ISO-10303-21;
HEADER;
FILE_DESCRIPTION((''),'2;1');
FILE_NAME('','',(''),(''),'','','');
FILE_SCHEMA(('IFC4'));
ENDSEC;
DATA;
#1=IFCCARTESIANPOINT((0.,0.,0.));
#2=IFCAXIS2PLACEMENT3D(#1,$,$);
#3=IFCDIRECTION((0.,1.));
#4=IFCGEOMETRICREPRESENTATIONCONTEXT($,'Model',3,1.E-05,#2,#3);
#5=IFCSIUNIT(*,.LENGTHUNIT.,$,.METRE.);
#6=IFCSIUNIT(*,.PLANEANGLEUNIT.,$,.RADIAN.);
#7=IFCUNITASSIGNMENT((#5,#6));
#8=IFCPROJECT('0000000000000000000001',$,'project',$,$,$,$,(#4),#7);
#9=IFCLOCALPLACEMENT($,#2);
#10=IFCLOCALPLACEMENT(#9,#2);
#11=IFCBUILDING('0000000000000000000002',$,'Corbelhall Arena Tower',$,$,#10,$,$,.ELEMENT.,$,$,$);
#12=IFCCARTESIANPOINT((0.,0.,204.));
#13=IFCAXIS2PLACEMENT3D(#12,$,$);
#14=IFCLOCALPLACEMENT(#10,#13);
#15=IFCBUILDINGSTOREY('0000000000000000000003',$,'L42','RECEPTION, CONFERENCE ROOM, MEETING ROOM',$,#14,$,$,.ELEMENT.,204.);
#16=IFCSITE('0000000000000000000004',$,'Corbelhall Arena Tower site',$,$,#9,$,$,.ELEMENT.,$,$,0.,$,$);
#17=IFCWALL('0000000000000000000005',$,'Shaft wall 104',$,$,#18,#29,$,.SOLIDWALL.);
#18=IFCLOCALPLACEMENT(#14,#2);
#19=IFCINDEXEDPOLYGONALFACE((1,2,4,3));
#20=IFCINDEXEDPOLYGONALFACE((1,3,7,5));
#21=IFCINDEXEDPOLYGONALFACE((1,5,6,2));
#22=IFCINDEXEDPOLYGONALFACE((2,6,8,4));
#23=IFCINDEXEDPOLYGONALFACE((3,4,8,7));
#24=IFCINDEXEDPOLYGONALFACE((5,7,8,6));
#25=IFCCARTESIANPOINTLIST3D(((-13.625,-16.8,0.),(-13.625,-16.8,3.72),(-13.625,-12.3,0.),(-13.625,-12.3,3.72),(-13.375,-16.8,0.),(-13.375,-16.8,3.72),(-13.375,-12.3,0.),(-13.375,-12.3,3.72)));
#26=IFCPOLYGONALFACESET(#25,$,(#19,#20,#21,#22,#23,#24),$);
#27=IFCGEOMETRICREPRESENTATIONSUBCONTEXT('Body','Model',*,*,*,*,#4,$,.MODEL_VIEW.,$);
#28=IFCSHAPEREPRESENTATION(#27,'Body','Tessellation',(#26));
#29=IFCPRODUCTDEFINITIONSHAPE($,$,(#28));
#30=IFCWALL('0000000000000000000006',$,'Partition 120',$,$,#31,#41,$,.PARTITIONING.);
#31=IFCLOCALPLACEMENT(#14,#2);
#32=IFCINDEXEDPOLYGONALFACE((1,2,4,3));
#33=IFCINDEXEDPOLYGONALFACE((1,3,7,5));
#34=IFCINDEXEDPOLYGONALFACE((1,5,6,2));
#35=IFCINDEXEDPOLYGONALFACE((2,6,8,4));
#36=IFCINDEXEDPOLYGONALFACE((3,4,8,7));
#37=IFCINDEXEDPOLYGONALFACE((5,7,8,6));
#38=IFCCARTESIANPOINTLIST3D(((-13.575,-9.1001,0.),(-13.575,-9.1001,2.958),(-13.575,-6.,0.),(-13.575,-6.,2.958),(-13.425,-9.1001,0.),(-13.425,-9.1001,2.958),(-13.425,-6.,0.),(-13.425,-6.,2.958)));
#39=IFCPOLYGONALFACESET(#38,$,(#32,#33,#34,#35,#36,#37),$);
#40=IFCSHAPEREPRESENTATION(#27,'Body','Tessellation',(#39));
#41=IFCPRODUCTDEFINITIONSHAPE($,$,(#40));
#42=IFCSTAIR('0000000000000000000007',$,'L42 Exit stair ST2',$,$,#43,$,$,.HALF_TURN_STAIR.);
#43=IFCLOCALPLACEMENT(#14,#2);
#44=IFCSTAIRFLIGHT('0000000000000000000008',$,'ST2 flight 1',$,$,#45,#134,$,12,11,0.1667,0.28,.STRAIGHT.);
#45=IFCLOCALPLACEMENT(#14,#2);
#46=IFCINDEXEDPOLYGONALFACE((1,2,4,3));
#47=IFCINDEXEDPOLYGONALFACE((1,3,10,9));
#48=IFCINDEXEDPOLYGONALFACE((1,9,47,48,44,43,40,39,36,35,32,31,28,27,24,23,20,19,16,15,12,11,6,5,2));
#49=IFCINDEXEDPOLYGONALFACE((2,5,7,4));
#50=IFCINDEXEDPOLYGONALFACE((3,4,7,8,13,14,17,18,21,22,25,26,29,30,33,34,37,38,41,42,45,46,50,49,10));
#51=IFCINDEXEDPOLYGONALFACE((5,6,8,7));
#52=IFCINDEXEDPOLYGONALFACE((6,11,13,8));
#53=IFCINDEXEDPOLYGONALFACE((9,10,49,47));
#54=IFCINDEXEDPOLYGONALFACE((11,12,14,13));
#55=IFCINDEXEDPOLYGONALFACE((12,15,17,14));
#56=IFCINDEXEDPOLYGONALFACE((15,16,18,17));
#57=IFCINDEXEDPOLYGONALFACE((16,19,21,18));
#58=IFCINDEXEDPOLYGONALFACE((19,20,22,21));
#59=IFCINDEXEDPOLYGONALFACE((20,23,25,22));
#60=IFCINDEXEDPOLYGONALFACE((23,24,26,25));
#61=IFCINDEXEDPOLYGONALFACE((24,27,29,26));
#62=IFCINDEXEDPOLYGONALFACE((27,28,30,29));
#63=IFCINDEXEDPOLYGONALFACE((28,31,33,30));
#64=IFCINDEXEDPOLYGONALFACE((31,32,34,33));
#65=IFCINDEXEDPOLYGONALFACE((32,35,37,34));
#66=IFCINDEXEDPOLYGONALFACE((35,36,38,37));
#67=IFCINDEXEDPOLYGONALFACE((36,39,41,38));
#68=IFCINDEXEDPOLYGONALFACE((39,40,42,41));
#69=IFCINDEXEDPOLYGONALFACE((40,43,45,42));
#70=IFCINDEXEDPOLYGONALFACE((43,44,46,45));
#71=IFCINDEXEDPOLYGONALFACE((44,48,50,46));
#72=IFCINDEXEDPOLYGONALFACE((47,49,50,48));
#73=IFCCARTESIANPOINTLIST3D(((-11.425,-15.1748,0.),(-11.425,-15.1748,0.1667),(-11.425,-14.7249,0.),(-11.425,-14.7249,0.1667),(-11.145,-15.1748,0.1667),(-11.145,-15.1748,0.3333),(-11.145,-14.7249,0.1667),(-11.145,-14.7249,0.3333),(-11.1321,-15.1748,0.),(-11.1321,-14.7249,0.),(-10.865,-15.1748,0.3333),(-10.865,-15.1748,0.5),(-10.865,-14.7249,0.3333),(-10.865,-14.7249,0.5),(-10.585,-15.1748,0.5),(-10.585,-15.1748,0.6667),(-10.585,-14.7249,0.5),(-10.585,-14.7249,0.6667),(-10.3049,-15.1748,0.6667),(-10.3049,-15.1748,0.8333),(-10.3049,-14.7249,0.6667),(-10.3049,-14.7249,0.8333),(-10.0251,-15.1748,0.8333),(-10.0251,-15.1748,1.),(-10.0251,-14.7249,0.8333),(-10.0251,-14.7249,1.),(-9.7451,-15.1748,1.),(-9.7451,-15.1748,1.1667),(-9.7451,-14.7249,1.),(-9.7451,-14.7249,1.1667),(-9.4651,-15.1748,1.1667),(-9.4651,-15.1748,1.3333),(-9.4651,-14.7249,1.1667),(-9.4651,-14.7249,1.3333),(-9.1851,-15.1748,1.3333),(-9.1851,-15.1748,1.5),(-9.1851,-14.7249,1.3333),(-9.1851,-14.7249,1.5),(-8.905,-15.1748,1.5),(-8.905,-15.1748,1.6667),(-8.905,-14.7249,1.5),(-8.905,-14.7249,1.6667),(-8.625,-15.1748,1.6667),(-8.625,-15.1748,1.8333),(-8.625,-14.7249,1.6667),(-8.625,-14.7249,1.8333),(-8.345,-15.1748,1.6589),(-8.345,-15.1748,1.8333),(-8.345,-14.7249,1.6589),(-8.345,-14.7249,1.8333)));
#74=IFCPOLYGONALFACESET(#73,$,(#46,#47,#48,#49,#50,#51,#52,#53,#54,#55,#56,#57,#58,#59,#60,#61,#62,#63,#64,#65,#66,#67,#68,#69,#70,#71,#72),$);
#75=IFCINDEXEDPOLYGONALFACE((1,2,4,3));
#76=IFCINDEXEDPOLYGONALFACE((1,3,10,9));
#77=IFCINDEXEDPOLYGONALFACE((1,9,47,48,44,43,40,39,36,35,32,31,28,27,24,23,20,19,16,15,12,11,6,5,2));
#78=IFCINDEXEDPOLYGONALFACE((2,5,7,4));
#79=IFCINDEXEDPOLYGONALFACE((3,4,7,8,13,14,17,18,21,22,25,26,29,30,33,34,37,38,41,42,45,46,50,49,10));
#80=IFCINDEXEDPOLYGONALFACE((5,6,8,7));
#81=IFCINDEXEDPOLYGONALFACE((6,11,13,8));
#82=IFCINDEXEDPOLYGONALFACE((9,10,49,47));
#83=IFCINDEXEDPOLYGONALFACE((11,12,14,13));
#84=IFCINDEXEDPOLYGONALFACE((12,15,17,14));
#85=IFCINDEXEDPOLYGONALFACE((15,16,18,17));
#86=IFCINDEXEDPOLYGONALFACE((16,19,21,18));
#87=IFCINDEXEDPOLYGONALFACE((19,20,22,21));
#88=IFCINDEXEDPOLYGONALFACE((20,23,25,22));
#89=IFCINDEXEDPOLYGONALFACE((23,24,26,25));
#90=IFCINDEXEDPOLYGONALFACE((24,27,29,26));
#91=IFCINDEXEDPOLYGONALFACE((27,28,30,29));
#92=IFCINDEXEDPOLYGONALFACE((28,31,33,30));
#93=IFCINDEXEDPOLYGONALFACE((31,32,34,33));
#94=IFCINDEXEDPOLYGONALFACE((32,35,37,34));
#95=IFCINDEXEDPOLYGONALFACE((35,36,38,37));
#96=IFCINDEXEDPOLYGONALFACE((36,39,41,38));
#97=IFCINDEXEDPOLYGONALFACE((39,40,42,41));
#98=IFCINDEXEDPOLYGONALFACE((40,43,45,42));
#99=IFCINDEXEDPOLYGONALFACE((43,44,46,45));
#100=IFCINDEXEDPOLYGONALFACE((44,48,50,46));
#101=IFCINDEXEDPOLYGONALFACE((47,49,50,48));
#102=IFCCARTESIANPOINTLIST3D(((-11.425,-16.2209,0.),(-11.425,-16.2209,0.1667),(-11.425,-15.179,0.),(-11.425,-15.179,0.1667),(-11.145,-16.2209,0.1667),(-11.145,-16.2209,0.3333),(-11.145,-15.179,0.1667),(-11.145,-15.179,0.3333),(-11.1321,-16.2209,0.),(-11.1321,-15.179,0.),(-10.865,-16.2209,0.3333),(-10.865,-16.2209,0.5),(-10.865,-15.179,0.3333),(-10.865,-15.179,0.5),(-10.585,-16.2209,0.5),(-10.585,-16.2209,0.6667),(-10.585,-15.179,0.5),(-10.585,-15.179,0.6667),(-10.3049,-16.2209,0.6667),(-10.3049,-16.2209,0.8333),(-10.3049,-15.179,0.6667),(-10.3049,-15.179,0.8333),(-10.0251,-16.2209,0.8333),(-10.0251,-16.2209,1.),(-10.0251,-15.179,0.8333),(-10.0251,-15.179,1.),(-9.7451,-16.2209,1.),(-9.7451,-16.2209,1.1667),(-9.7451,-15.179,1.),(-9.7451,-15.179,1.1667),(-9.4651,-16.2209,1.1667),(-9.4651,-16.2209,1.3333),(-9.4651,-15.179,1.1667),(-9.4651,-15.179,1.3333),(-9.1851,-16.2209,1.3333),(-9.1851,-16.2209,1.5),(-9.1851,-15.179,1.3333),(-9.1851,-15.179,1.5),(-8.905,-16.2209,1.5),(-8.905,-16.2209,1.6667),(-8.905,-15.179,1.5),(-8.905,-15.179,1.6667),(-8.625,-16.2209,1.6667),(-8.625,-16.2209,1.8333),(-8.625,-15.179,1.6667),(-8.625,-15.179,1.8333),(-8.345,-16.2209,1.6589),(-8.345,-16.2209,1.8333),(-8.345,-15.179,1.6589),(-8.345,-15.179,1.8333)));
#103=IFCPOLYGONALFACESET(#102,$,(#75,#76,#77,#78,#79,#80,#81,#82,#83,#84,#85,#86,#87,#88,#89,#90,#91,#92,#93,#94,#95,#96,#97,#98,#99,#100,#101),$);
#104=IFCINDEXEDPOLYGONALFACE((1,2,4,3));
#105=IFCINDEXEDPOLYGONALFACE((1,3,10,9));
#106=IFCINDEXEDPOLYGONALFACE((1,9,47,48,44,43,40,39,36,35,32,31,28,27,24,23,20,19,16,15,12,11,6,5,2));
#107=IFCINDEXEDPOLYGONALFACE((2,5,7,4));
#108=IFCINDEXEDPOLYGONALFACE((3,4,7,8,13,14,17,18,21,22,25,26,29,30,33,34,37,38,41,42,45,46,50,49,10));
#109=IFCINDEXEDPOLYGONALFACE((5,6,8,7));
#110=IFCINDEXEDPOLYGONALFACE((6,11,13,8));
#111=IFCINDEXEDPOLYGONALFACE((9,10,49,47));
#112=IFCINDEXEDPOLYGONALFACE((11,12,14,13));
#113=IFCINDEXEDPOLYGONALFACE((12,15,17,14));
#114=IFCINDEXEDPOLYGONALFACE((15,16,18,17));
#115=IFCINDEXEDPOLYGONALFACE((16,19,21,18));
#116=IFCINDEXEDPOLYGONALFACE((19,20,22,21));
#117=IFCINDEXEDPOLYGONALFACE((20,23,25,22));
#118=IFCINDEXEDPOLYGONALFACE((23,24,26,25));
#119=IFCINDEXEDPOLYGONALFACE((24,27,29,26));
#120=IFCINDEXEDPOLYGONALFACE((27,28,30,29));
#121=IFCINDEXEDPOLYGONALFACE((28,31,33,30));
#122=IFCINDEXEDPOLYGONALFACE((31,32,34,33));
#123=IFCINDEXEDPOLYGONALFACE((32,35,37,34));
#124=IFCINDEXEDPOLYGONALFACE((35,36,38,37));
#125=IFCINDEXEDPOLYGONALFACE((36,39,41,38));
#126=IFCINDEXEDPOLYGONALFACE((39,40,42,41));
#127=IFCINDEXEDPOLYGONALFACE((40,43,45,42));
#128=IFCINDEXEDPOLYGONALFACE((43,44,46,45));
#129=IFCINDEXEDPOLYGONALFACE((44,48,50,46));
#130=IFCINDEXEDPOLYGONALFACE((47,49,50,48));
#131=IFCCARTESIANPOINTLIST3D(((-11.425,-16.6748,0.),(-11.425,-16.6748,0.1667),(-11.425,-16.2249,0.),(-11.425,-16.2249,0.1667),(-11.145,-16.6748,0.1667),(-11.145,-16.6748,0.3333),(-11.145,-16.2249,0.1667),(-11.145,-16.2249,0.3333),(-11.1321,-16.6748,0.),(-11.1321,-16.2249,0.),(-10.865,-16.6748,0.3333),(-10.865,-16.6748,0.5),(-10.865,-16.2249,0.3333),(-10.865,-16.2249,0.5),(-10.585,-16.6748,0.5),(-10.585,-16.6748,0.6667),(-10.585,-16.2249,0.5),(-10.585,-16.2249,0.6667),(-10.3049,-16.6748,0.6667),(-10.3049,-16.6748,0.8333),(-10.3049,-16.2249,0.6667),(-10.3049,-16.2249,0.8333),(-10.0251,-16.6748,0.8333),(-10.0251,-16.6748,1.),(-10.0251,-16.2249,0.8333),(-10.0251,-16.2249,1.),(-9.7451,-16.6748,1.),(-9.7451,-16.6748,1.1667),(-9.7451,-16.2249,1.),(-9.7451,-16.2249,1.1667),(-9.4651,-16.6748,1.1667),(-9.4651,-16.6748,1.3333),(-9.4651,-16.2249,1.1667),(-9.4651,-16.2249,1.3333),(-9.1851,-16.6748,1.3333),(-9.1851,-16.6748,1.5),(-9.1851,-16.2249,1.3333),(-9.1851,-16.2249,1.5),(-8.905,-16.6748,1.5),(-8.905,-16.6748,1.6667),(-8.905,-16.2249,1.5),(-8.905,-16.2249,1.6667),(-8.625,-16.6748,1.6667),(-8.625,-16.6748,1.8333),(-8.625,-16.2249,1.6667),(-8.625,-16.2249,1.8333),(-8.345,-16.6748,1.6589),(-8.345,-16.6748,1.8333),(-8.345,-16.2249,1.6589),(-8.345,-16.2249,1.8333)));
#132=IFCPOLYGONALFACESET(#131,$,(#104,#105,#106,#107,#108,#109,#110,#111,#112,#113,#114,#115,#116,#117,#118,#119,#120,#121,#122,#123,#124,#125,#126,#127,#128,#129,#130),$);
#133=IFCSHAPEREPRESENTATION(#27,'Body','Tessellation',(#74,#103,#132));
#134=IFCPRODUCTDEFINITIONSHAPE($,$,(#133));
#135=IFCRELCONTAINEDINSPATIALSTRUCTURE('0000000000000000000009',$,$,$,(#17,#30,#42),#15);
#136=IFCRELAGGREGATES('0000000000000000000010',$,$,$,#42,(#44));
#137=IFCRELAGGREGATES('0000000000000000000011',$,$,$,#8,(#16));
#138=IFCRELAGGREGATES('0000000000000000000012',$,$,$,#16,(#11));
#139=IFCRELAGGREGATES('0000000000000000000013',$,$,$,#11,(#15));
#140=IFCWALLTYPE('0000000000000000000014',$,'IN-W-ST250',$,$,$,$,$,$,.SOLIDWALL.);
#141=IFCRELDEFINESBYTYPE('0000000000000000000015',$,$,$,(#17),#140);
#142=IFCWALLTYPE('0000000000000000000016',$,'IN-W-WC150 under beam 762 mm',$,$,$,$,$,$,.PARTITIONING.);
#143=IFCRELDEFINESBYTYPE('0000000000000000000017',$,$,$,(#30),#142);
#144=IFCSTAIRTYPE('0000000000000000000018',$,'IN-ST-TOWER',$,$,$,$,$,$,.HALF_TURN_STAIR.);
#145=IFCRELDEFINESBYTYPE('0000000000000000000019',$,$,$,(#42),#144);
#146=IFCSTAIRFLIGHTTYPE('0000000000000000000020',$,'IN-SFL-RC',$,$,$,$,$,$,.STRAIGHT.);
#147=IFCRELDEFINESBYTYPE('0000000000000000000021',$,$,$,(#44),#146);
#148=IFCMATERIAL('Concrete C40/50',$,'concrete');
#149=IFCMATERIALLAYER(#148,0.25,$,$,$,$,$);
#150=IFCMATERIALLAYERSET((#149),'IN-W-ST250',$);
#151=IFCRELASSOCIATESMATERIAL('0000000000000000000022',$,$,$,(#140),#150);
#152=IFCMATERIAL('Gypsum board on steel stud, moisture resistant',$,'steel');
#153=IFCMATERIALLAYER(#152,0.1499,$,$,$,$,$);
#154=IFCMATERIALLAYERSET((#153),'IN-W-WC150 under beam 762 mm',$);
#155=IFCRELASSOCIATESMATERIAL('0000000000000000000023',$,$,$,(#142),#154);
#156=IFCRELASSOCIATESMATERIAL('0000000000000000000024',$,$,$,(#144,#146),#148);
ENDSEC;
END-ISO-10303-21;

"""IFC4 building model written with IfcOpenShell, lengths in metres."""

from ifc_helpers import new_model, si_unit, direction, frame, frame_2d, origin, place, context, subcontext, project, spatial, polyline, rectangle, outline, extrude, material, layer, layer_set, type_object, element, aggregate, save


model = new_model("IFC4")

# Units and contexts
model_context = context("Model", 3, precision=1e-05, world=origin(), true_north=direction((0.0, 1.0)))
body_context = subcontext(model_context, "Body", "Model", "MODEL_VIEW")
ifc_project = project(units=[si_unit("LENGTHUNIT", "METRE"), si_unit("PLANEANGLEUNIT", "RADIAN")], contexts=[model_context])

# Site, building, storey
site_placement = place(None, origin())
site = spatial("IfcSite", under=ifc_project, at=site_placement, Name="Corbelhall Arena Tower site", CompositionType="ELEMENT", RefElevation=0.0)
building_placement = place(site_placement, origin())
building = spatial("IfcBuilding", under=site, at=building_placement, Name="Corbelhall Arena Tower", CompositionType="ELEMENT")
storey_placement = place(building_placement, frame((0.0, 0.0, 204.0)))
storey = spatial("IfcBuildingStorey", under=building, at=storey_placement, Name="L42", Description="RECEPTION, CONFERENCE ROOM, MEETING ROOM", CompositionType="ELEMENT", Elevation=204.0)

# Walls
ifc_material_1 = material(Name="Concrete C40/50", Category="concrete")
ifc_layer_1 = layer(ifc_material_1, 0.25)
ifc_layer_set_1 = layer_set([ifc_layer_1], Name="IN-W-ST250")
wall_type_1 = type_object("IfcWallType", Name="IN-W-ST250", PredefinedType="SOLIDWALL", material=ifc_layer_set_1)
wall_1_placement = place(storey_placement, frame((-13.5, -16.8, 0.0), z_axis=(0.0, 0.0, 1.0), x_axis=(0.0, 1.0, 0.0)))
element("IfcWall", 1, at=wall_1_placement, inside=storey, type_object=wall_type_1, Name="Shaft wall 104", PredefinedType="SOLIDWALL", context=body_context, shape_type="SweptSolid", body=[
    extrude(rectangle(XDim=4.5, YDim=0.25, at=frame_2d((2.25, 0.0))), origin(), (0.0, 0.0, 1.0), 3.72),
])
ifc_material_2 = material(Name="Gypsum board on steel stud, moisture resistant", Category="steel")
ifc_layer_2 = layer(ifc_material_2, 0.1499)
ifc_layer_set_2 = layer_set([ifc_layer_2], Name="IN-W-WC150 under beam 762 mm")
wall_type_2 = type_object("IfcWallType", Name="IN-W-WC150 under beam 762 mm", PredefinedType="PARTITIONING", material=ifc_layer_set_2)
wall_2_placement = place(storey_placement, frame((-13.5, -9.1001, 0.0), z_axis=(0.0, 0.0, 1.0), x_axis=(0.0, 1.0, 0.0)))
element("IfcWall", 2, at=wall_2_placement, inside=storey, type_object=wall_type_2, Name="Partition 120", PredefinedType="PARTITIONING", context=body_context, shape_type="SweptSolid", body=[
    extrude(rectangle(XDim=3.1001, YDim=0.1499, at=frame_2d((1.55, 0.0))), origin(), (0.0, 0.0, 1.0), 2.958),
])

# Stair, stair flight
stair_type = type_object("IfcStairType", Name="IN-ST-TOWER", PredefinedType="HALF_TURN_STAIR", material=ifc_material_1)
stair_placement = place(storey_placement, origin())
stair = element("IfcStair", 3, at=stair_placement, inside=storey, type_object=stair_type, Name="L42 Exit stair ST2", PredefinedType="HALF_TURN_STAIR")
stair_flight_type = type_object("IfcStairFlightType", Name="IN-SFL-RC", PredefinedType="STRAIGHT", material=ifc_material_1)
stair_flight_1_placement = place(storey_placement, frame((-11.425, -15.7, 0.0), z_axis=(0.0, 0.0, 1.0), x_axis=(1.0, 0.0, 0.0)))
stair_flight_1 = element("IfcStairFlight", 4, at=stair_flight_1_placement, type_object=stair_flight_type, Name="ST2 flight 1", NumberOfRisers=12, NumberOfTreads=11, PredefinedType="STRAIGHT", RiserHeight=0.1667, TreadLength=0.28, context=body_context, shape_type="SweptSolid", body=[
    extrude(outline(polyline([(0.0, 0.0), (0.0, 0.1667), (0.28, 0.1667), (0.28, 0.3333), (0.5601, 0.3333), (0.5601, 0.5), (0.8401, 0.5), (0.8401, 0.6667), (1.1201, 0.6667), (1.1201, 0.8333), (1.3999, 0.8333), (1.3999, 1.0), (1.6799, 1.0), (1.6799, 1.1667), (1.96, 1.1667), (1.96, 1.3333), (2.24, 1.3333), (2.24, 1.5), (2.52, 1.5), (2.52, 1.6667), (2.8, 1.6667), (2.8, 1.8333), (3.0801, 1.8333), (3.0801, 2.0), (3.0801, 1.6589), (0.293, 0.0), (0.0, 0.0)])), frame((0.0, 0.9751, 0.0), z_axis=(0.0, -1.0, 0.0), x_axis=(1.0, 0.0, 0.0)), (0.0, 0.0, 1.0), 0.45),
    extrude(outline(polyline([(0.0, 0.0), (0.0, 0.1667), (0.28, 0.1667), (0.28, 0.3333), (0.5601, 0.3333), (0.5601, 0.5), (0.8401, 0.5), (0.8401, 0.6667), (1.1201, 0.6667), (1.1201, 0.8333), (1.3999, 0.8333), (1.3999, 1.0), (1.6799, 1.0), (1.6799, 1.1667), (1.96, 1.1667), (1.96, 1.3333), (2.24, 1.3333), (2.24, 1.5), (2.52, 1.5), (2.52, 1.6667), (2.8, 1.6667), (2.8, 1.8333), (3.0801, 1.8333), (3.0801, 2.0), (3.0801, 1.6589), (0.293, 0.0), (0.0, 0.0)])), frame((0.0, 0.521, 0.0), z_axis=(0.0, -1.0, 0.0), x_axis=(1.0, 0.0, 0.0)), (0.0, 0.0, 1.0), 1.042),
    extrude(outline(polyline([(0.0, 0.0), (0.0, 0.1667), (0.28, 0.1667), (0.28, 0.3333), (0.5601, 0.3333), (0.5601, 0.5), (0.8401, 0.5), (0.8401, 0.6667), (1.1201, 0.6667), (1.1201, 0.8333), (1.3999, 0.8333), (1.3999, 1.0), (1.6799, 1.0), (1.6799, 1.1667), (1.96, 1.1667), (1.96, 1.3333), (2.24, 1.3333), (2.24, 1.5), (2.52, 1.5), (2.52, 1.6667), (2.8, 1.6667), (2.8, 1.8333), (3.0801, 1.8333), (3.0801, 2.0), (3.0801, 1.6589), (0.293, 0.0), (0.0, 0.0)])), frame((0.0, -0.5249, 0.0), z_axis=(0.0, -1.0, 0.0), x_axis=(1.0, 0.0, 0.0)), (0.0, 0.0, 1.0), 0.45),
])
aggregate(stair, [stair_flight_1])

save(model, "model.ifc")
